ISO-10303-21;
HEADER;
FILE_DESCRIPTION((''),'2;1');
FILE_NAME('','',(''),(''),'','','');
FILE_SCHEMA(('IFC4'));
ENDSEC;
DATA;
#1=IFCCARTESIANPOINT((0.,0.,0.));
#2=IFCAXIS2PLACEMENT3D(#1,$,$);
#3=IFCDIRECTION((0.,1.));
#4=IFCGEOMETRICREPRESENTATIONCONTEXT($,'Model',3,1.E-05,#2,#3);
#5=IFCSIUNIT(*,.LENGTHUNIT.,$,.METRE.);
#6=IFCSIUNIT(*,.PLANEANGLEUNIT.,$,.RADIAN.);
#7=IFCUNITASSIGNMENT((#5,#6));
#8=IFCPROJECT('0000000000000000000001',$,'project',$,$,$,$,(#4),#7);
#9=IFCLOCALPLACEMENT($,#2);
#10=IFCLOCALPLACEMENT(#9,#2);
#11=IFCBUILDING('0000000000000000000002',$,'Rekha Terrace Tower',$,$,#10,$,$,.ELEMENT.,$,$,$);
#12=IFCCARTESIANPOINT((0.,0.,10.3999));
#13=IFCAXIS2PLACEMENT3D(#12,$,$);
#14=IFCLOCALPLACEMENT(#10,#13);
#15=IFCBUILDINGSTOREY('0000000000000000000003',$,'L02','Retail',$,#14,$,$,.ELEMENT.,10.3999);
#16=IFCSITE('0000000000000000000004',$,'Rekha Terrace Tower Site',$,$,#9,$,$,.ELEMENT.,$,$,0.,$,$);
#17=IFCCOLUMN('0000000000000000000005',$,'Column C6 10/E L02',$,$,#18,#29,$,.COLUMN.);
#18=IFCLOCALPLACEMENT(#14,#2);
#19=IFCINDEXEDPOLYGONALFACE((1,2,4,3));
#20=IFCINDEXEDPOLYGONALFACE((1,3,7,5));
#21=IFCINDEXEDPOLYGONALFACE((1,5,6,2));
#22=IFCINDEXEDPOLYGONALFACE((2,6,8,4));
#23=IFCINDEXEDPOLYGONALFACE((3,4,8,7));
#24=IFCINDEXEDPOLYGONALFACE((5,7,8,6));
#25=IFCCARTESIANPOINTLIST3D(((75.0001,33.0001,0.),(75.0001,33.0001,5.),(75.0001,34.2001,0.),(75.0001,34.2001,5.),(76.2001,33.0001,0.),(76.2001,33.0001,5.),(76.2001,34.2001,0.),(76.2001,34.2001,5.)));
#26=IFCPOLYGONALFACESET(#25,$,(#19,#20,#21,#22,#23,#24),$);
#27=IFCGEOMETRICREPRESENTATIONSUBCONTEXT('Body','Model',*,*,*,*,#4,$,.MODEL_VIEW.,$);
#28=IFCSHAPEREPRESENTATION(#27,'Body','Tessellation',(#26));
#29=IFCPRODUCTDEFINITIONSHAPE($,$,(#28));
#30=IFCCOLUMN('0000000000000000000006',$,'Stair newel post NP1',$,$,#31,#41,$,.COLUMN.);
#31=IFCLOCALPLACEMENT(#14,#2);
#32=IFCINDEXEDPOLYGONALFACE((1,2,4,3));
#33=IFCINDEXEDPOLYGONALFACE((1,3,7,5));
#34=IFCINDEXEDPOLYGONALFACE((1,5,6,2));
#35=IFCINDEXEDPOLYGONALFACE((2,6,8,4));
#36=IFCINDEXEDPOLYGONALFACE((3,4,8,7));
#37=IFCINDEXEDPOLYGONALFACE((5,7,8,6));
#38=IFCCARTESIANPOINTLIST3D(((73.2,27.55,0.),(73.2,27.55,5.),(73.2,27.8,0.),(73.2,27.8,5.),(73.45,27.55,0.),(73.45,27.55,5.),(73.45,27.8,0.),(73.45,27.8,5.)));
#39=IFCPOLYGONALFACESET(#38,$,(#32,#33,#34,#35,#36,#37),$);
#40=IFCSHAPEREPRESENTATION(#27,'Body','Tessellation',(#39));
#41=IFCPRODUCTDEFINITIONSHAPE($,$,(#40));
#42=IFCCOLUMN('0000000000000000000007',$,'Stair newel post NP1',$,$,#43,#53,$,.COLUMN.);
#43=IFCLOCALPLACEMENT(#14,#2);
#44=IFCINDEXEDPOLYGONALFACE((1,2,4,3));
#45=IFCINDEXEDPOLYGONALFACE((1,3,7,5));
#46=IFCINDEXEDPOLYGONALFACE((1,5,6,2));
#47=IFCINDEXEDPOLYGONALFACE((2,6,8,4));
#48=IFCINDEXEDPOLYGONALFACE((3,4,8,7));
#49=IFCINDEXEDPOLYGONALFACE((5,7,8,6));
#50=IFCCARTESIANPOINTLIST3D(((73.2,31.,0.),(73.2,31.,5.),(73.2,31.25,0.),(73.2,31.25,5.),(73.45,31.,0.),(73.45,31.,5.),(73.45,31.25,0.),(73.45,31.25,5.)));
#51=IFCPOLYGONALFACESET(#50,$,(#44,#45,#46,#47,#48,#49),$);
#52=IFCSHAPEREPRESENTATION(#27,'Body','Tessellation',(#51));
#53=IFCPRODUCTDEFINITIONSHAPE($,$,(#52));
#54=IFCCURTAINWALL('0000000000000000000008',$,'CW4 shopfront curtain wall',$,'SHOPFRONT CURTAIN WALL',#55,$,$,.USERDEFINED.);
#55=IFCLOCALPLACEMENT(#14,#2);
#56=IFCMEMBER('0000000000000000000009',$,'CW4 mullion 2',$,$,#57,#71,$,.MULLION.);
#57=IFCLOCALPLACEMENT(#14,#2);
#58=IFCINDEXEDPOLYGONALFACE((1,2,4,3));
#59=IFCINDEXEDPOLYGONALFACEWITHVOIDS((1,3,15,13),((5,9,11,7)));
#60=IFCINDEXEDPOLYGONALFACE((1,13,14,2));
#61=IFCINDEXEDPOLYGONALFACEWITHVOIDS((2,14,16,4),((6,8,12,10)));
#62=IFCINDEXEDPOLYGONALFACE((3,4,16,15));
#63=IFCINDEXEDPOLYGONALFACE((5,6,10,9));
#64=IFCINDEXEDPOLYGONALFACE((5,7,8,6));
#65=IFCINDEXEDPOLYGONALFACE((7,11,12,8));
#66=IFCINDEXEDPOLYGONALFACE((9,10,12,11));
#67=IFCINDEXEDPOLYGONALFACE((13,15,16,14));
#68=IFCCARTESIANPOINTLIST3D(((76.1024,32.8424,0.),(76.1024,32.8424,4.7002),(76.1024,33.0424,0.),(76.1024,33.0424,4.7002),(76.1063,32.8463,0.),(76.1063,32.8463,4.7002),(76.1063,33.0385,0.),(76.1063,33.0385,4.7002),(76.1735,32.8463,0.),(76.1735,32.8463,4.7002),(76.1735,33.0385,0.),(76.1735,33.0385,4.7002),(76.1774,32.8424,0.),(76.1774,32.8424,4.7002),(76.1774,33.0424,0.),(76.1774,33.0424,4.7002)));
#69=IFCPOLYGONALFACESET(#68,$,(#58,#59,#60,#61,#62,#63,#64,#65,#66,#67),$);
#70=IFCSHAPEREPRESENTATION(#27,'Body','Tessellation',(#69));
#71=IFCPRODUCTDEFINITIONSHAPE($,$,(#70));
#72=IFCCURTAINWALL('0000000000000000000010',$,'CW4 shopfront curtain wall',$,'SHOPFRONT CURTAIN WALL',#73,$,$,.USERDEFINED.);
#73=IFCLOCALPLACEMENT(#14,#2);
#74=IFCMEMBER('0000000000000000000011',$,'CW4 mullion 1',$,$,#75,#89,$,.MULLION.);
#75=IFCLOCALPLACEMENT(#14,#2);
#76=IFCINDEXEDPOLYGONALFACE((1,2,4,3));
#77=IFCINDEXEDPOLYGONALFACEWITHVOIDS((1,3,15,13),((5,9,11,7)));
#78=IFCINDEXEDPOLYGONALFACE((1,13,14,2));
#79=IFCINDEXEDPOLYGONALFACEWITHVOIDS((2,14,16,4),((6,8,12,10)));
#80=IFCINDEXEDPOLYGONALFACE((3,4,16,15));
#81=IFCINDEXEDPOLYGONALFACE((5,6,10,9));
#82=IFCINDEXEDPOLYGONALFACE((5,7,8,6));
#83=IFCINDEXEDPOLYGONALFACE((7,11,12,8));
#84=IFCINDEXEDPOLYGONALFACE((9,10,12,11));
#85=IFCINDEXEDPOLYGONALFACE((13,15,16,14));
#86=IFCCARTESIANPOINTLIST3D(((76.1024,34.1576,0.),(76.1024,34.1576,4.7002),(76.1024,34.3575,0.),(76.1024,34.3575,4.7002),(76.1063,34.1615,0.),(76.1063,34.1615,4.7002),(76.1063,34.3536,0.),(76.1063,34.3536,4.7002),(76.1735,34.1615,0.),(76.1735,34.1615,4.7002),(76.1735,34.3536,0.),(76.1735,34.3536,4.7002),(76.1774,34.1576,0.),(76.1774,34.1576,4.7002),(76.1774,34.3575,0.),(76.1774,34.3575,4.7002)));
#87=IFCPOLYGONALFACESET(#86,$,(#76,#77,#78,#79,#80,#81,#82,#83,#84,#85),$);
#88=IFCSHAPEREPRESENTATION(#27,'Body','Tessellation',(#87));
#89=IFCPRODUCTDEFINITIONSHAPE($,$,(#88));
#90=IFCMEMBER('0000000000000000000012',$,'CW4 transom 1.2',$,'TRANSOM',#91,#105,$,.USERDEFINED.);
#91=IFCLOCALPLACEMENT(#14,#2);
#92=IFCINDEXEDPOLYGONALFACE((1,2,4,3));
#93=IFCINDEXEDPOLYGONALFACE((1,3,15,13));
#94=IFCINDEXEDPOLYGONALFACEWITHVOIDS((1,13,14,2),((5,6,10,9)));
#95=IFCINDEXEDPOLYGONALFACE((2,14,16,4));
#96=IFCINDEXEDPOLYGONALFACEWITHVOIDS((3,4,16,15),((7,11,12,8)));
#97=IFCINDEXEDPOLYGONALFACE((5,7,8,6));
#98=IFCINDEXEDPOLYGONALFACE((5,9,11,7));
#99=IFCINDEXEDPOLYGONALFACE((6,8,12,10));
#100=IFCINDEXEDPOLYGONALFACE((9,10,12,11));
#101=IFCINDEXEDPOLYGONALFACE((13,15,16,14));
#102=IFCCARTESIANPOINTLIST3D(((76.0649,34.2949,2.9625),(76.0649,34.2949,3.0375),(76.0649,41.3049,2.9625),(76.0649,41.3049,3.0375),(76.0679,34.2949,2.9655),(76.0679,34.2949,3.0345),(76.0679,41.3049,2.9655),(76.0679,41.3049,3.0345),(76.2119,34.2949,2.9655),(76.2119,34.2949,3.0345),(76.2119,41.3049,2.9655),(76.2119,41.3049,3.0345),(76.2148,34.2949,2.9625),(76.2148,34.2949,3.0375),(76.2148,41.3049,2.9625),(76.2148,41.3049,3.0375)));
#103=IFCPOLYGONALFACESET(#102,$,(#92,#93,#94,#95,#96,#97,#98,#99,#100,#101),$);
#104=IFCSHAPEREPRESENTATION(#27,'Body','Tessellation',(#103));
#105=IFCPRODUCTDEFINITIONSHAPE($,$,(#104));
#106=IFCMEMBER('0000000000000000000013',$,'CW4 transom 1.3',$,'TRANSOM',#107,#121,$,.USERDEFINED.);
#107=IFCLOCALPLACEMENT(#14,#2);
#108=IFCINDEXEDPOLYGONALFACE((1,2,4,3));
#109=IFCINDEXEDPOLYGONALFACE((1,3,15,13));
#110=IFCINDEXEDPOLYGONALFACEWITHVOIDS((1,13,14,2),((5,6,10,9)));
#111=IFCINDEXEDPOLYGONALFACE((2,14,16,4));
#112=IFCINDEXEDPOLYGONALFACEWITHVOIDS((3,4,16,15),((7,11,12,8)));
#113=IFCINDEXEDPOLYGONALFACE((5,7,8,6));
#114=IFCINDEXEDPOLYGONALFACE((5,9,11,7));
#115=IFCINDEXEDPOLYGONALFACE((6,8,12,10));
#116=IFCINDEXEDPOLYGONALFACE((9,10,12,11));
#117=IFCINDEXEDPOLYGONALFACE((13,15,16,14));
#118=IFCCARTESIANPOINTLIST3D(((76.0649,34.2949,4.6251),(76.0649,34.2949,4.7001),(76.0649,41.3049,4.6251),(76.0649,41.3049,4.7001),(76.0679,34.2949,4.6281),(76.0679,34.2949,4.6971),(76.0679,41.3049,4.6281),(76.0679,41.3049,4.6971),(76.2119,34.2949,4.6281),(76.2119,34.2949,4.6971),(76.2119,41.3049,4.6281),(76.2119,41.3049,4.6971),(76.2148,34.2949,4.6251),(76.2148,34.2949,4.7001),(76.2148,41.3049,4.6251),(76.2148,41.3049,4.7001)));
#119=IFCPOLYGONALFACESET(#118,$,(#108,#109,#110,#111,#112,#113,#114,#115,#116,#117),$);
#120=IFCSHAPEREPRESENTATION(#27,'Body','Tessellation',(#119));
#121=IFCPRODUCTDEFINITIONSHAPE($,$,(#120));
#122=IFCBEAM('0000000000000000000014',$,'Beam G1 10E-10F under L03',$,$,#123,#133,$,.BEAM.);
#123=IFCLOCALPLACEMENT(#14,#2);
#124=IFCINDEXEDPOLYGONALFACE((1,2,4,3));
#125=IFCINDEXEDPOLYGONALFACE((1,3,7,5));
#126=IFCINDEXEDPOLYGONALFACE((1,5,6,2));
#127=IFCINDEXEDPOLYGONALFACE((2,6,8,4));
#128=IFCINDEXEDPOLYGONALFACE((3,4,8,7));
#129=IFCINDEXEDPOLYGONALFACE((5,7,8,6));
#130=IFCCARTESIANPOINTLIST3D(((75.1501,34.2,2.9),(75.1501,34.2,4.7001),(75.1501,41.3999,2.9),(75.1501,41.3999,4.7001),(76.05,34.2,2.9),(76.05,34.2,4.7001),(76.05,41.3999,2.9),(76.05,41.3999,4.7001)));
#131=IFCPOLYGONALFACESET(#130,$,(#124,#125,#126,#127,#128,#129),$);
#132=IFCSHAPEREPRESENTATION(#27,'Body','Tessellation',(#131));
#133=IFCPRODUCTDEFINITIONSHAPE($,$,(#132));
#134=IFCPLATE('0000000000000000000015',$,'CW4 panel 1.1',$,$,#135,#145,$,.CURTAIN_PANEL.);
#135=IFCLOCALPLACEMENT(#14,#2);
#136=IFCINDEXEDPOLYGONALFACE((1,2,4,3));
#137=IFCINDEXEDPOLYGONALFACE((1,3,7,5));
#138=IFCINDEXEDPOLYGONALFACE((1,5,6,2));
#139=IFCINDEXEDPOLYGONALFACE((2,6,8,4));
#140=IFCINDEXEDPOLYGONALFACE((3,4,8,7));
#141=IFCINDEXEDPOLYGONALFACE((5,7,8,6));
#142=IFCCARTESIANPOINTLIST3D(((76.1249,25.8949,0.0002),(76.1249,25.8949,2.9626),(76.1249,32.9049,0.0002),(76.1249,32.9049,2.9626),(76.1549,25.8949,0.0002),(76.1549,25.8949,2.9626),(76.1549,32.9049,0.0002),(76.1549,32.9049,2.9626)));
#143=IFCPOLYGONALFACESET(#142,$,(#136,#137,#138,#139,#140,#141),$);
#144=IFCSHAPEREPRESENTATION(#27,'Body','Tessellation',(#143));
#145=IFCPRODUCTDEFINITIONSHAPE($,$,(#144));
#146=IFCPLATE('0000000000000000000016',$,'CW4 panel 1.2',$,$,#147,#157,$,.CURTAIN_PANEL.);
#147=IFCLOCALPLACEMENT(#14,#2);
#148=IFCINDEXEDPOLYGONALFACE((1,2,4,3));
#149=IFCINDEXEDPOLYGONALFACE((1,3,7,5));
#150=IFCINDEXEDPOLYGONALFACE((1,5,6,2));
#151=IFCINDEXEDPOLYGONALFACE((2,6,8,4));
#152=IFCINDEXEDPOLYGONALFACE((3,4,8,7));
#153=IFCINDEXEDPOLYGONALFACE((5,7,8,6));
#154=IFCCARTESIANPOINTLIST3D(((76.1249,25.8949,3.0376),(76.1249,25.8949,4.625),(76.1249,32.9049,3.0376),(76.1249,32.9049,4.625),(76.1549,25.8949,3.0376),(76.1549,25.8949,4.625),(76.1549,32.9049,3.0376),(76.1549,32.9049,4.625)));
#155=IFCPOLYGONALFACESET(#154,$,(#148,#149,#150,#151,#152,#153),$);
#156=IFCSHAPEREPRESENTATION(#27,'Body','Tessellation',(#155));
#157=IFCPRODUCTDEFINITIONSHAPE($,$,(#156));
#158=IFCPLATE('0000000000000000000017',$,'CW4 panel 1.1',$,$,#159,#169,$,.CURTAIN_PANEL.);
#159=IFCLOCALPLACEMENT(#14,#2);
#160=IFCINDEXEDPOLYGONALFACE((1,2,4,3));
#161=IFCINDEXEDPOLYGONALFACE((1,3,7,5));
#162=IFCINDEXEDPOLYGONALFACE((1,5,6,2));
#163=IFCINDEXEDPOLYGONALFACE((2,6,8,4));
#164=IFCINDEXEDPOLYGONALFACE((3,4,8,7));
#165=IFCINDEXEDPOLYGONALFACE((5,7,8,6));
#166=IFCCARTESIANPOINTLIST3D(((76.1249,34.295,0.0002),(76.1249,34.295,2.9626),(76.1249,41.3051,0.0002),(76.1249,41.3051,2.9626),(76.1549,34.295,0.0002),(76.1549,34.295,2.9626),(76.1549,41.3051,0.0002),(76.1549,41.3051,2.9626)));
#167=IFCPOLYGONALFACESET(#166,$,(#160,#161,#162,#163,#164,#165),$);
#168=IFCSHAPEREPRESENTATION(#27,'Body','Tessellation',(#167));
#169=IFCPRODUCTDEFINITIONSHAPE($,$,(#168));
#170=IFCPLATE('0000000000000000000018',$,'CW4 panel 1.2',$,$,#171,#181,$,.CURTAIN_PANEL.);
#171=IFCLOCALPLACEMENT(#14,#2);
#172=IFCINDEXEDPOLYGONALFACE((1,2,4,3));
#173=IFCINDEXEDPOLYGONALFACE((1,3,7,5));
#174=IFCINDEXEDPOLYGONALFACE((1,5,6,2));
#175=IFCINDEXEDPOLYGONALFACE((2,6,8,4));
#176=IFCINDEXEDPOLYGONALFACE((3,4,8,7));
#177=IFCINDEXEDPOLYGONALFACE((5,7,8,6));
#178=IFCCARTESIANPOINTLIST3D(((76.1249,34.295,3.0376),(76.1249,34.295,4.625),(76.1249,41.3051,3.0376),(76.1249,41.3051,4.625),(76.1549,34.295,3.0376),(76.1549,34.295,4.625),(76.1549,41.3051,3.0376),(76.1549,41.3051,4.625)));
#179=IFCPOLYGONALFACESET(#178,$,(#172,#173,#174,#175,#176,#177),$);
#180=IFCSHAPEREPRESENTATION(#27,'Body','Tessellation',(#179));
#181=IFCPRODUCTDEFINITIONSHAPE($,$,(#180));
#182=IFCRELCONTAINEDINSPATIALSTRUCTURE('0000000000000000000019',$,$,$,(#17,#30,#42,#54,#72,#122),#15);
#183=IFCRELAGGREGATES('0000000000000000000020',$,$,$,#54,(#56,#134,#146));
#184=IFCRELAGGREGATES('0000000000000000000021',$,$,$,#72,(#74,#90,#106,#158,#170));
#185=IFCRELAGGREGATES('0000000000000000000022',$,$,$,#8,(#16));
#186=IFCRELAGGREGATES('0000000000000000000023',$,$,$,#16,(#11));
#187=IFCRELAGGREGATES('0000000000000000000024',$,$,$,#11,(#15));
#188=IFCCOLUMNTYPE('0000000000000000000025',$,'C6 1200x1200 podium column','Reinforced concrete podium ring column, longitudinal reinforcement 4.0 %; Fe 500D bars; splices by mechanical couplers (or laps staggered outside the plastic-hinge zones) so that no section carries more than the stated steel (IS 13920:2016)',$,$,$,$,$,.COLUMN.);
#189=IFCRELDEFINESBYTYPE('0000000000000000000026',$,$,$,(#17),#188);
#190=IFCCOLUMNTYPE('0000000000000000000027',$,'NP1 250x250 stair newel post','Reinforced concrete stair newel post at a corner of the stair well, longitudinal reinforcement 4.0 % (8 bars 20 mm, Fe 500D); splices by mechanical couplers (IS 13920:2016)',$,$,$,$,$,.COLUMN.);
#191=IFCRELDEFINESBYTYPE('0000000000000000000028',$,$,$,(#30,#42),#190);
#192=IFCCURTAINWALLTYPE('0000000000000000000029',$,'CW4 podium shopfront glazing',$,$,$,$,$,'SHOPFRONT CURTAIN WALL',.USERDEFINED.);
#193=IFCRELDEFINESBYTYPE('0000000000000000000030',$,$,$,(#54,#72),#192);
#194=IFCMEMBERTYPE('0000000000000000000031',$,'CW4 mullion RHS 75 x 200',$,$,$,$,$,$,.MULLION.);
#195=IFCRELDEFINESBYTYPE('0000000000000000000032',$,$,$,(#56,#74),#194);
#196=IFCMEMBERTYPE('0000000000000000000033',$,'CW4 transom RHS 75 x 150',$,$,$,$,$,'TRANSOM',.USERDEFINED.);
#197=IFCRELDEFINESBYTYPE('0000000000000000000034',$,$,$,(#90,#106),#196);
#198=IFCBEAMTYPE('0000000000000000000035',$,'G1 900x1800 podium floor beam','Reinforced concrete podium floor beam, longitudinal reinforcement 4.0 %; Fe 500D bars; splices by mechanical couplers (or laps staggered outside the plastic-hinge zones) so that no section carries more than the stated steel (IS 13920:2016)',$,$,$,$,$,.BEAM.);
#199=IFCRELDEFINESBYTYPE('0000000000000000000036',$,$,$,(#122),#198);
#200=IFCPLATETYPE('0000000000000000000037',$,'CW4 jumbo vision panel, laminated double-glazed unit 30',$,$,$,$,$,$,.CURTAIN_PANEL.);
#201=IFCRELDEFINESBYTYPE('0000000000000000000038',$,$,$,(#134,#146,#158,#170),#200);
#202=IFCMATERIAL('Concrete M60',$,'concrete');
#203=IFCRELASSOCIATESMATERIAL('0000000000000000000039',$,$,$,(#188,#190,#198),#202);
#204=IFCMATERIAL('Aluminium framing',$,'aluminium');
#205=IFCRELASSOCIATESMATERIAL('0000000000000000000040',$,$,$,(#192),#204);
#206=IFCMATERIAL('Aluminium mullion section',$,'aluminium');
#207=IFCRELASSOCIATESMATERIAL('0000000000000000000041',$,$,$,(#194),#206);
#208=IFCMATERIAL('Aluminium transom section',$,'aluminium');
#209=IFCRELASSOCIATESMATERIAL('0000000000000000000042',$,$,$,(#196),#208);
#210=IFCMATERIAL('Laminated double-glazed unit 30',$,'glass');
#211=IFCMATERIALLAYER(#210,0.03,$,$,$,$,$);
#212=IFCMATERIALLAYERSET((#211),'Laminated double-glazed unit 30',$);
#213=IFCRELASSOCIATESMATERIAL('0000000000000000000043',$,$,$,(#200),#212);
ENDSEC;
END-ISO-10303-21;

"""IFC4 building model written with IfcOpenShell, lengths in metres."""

from ifc_helpers import new_model, si_unit, direction, frame, origin, origin_2d, place, context, subcontext, project, spatial, rectangle, hollow_rectangle, extrude, material, layer, layer_set, material_profile, profile_set, type_object, element, aggregate, save


model = new_model("IFC4")

# Units and contexts
model_context = context("Model", 3, precision=1e-05, world=origin(), true_north=direction((0.0, 1.0)))
body_context = subcontext(model_context, "Body", "Model", "MODEL_VIEW")
ifc_project = project(units=[si_unit("LENGTHUNIT", "METRE"), si_unit("PLANEANGLEUNIT", "RADIAN")], contexts=[model_context])

# Site, building, storey
site_placement = place(None, origin())
site = spatial("IfcSite", under=ifc_project, at=site_placement, Name="Rekha Terrace Tower Site", CompositionType="ELEMENT", RefElevation=0.0)
building_placement = place(site_placement, origin())
building = spatial("IfcBuilding", under=site, at=building_placement, Name="Rekha Terrace Tower", CompositionType="ELEMENT")
storey_placement = place(building_placement, frame((0.0, 0.0, 10.3999)))
storey = spatial("IfcBuildingStorey", under=building, at=storey_placement, Name="L02", Description="Retail", CompositionType="ELEMENT", Elevation=10.3999)

# Columns
ifc_material_1 = material(Name="Concrete M60", Category="concrete")
ifc_material_profile_1 = material_profile(ifc_material_1, rectangle(XDim=1.2, YDim=1.2, at=origin_2d()), Name="RC 1200x1200")
ifc_profile_set_1 = profile_set([ifc_material_profile_1], Name="Concrete M60")
column_type_1 = type_object("IfcColumnType", Name="C6 1200x1200 podium column", Description="Reinforced concrete podium ring column, longitudinal reinforcement 4.0 %; Fe 500D bars; splices by mechanical couplers (or laps staggered outside the plastic-hinge zones) so that no section carries more than the stated steel (IS 13920:2016)", PredefinedType="COLUMN", material=ifc_profile_set_1)
column_placement = place(storey_placement, frame((75.6001, 33.6001, 0.0), z_axis=(0.0, 0.0, 1.0), x_axis=(1.0, 0.0, 0.0)))
element("IfcColumn", 1, at=column_placement, inside=storey, type_object=column_type_1, Name="Column C6 10/E L02", PredefinedType="COLUMN", context=body_context, shape_type="SweptSolid", body=[
    extrude(rectangle(XDim=1.2, YDim=1.2, at=origin_2d()), origin(), (0.0, 0.0, 1.0), 5.0),
])
ifc_material_profile_2 = material_profile(ifc_material_1, rectangle(XDim=0.25, YDim=0.25, at=origin_2d()), Name="RC 250x250")
ifc_profile_set_2 = profile_set([ifc_material_profile_2], Name="Concrete M60")
column_type_2 = type_object("IfcColumnType", Name="NP1 250x250 stair newel post", Description="Reinforced concrete stair newel post at a corner of the stair well, longitudinal reinforcement 4.0 % (8 bars 20 mm, Fe 500D); splices by mechanical couplers (IS 13920:2016)", PredefinedType="COLUMN", material=ifc_profile_set_2)
for number, where, z_axis, x_axis, name in (
    (2, (73.325, 27.675, 0.0), (0.0, 0.0, 1.0), (1.0, 0.0, 0.0), "Stair newel post NP1"),
    (3, (73.325, 31.125, 0.0), (0.0, 0.0, 1.0), (1.0, 0.0, 0.0), "Stair newel post NP1"),
):
    element("IfcColumn", number, at=place(storey_placement, frame(where, z_axis=z_axis, x_axis=x_axis)), inside=storey, type_object=column_type_2, Name=name, PredefinedType="COLUMN", context=body_context, shape_type="SweptSolid", body=[
        extrude(rectangle(XDim=0.25, YDim=0.25, at=origin_2d()), origin(), (0.0, 0.0, 1.0), 5.0),
    ])

# Curtain wall, member
ifc_material_2 = material(Name="Aluminium framing", Category="aluminium")
curtain_wall_type = type_object("IfcCurtainWallType", Name="CW4 podium shopfront glazing", ElementType="SHOPFRONT CURTAIN WALL", PredefinedType="USERDEFINED", material=ifc_material_2)
curtain_wall_1_placement = place(storey_placement, origin())
curtain_wall_1 = element("IfcCurtainWall", 4, at=curtain_wall_1_placement, inside=storey, type_object=curtain_wall_type, Name="CW4 shopfront curtain wall", ObjectType="SHOPFRONT CURTAIN WALL", PredefinedType="USERDEFINED")
ifc_material_3 = material(Name="Aluminium mullion section", Category="aluminium")
ifc_material_profile_3 = material_profile(ifc_material_3, hollow_rectangle(XDim=0.075, YDim=0.2, WallThickness=0.0039, at=origin_2d()), Name="AL RHS 75x200")
ifc_profile_set_3 = profile_set([ifc_material_profile_3], Name="Aluminium mullion section")
member_type_1 = type_object("IfcMemberType", Name="CW4 mullion RHS 75 x 200", PredefinedType="MULLION", material=ifc_profile_set_3)
member_1_placement = place(storey_placement, frame((76.1399, 32.9424, 0.0), z_axis=(0.0, 0.0, 1.0), x_axis=(-1.0, 0.0, 0.0)))
member_1 = element("IfcMember", 5, at=member_1_placement, type_object=member_type_1, Name="CW4 mullion 2", PredefinedType="MULLION", context=body_context, shape_type="SweptSolid", body=[
    extrude(hollow_rectangle(XDim=0.075, YDim=0.2, WallThickness=0.0039, at=origin_2d()), origin(), (0.0, 0.0, 1.0), 4.7002),
])

# Curtain wall, members
curtain_wall_2_placement = place(storey_placement, origin())
curtain_wall_2 = element("IfcCurtainWall", 6, at=curtain_wall_2_placement, inside=storey, type_object=curtain_wall_type, Name="CW4 shopfront curtain wall", ObjectType="SHOPFRONT CURTAIN WALL", PredefinedType="USERDEFINED")
member_2_placement = place(storey_placement, frame((76.1399, 34.2576, 0.0), z_axis=(0.0, 0.0, 1.0), x_axis=(-1.0, 0.0, 0.0)))
member_2 = element("IfcMember", 7, at=member_2_placement, type_object=member_type_1, Name="CW4 mullion 1", PredefinedType="MULLION", context=body_context, shape_type="SweptSolid", body=[
    extrude(hollow_rectangle(XDim=0.075, YDim=0.2, WallThickness=0.0039, at=origin_2d()), origin(), (0.0, 0.0, 1.0), 4.7002),
])
ifc_material_4 = material(Name="Aluminium transom section", Category="aluminium")
ifc_material_profile_4 = material_profile(ifc_material_4, hollow_rectangle(XDim=0.1499, YDim=0.075, WallThickness=0.0029, at=origin_2d()), Name="AL RHS 150x75")
ifc_profile_set_4 = profile_set([ifc_material_profile_4], Name="Aluminium transom section")
member_type_2 = type_object("IfcMemberType", Name="CW4 transom RHS 75 x 150", ElementType="TRANSOM", PredefinedType="USERDEFINED", material=ifc_profile_set_4)
member_3_placement = place(storey_placement, frame((76.1399, 34.2949, 3.0), z_axis=(0.0, 1.0, 0.0), x_axis=(-1.0, 0.0, 0.0)))
member_3 = element("IfcMember", 8, at=member_3_placement, type_object=member_type_2, Name="CW4 transom 1.2", ObjectType="TRANSOM", PredefinedType="USERDEFINED", context=body_context, shape_type="SweptSolid", body=[
    extrude(hollow_rectangle(XDim=0.1499, YDim=0.075, WallThickness=0.0029, at=origin_2d()), origin(), (0.0, 0.0, 1.0), 7.01),
])
member_4_placement = place(storey_placement, frame((76.1399, 34.2949, 4.6626), z_axis=(0.0, 1.0, 0.0), x_axis=(-1.0, 0.0, 0.0)))
member_4 = element("IfcMember", 9, at=member_4_placement, type_object=member_type_2, Name="CW4 transom 1.3", ObjectType="TRANSOM", PredefinedType="USERDEFINED", context=body_context, shape_type="SweptSolid", body=[
    extrude(hollow_rectangle(XDim=0.1499, YDim=0.075, WallThickness=0.0029, at=origin_2d()), origin(), (0.0, 0.0, 1.0), 7.01),
])

# Beam
ifc_material_profile_5 = material_profile(ifc_material_1, rectangle(XDim=0.8999, YDim=1.8, at=origin_2d()), Name="RC 900x1800")
ifc_profile_set_5 = profile_set([ifc_material_profile_5], Name="Concrete M60")
beam_type = type_object("IfcBeamType", Name="G1 900x1800 podium floor beam", Description="Reinforced concrete podium floor beam, longitudinal reinforcement 4.0 %; Fe 500D bars; splices by mechanical couplers (or laps staggered outside the plastic-hinge zones) so that no section carries more than the stated steel (IS 13920:2016)", PredefinedType="BEAM", material=ifc_profile_set_5)
beam_placement = place(storey_placement, frame((75.6001, 34.2, 3.8), z_axis=(0.0, 1.0, 0.0), x_axis=(-1.0, 0.0, 0.0)))
element("IfcBeam", 10, at=beam_placement, inside=storey, type_object=beam_type, Name="Beam G1 10E-10F under L03", PredefinedType="BEAM", context=body_context, shape_type="SweptSolid", body=[
    extrude(rectangle(XDim=0.8999, YDim=1.8, at=origin_2d()), origin(), (0.0, 0.0, 1.0), 7.2),
])

# Plates
ifc_material_5 = material(Name="Laminated double-glazed unit 30", Category="glass")
ifc_layer_1 = layer(ifc_material_5, 0.03)
ifc_layer_set_1 = layer_set([ifc_layer_1], Name="Laminated double-glazed unit 30")
plate_type = type_object("IfcPlateType", Name="CW4 jumbo vision panel, laminated double-glazed unit 30", PredefinedType="CURTAIN_PANEL", material=ifc_layer_set_1)
plate_1_placement = place(storey_placement, frame((76.1399, 29.3999, 0.0002), z_axis=(0.0, 0.0, 1.0), x_axis=(0.0, 1.0, 0.0)))
plate_1 = element("IfcPlate", 11, at=plate_1_placement, type_object=plate_type, Name="CW4 panel 1.1", PredefinedType="CURTAIN_PANEL", context=body_context, shape_type="SweptSolid", body=[
    extrude(rectangle(XDim=7.01, YDim=0.03, at=origin_2d()), origin(), (0.0, 0.0, 1.0), 2.9624),
])
plate_2_placement = place(storey_placement, frame((76.1399, 29.3999, 3.0376), z_axis=(0.0, 0.0, 1.0), x_axis=(0.0, 1.0, 0.0)))
plate_2 = element("IfcPlate", 12, at=plate_2_placement, type_object=plate_type, Name="CW4 panel 1.2", PredefinedType="CURTAIN_PANEL", context=body_context, shape_type="SweptSolid", body=[
    extrude(rectangle(XDim=7.01, YDim=0.03, at=origin_2d()), origin(), (0.0, 0.0, 1.0), 1.5874),
])
aggregate(curtain_wall_1, [member_1, plate_1, plate_2])
plate_3_placement = place(storey_placement, frame((76.1399, 37.8, 0.0002), z_axis=(0.0, 0.0, 1.0), x_axis=(0.0, 1.0, 0.0)))
plate_3 = element("IfcPlate", 13, at=plate_3_placement, type_object=plate_type, Name="CW4 panel 1.1", PredefinedType="CURTAIN_PANEL", context=body_context, shape_type="SweptSolid", body=[
    extrude(rectangle(XDim=7.01, YDim=0.03, at=origin_2d()), origin(), (0.0, 0.0, 1.0), 2.9624),
])
plate_4_placement = place(storey_placement, frame((76.1399, 37.8, 3.0376), z_axis=(0.0, 0.0, 1.0), x_axis=(0.0, 1.0, 0.0)))
plate_4 = element("IfcPlate", 14, at=plate_4_placement, type_object=plate_type, Name="CW4 panel 1.2", PredefinedType="CURTAIN_PANEL", context=body_context, shape_type="SweptSolid", body=[
    extrude(rectangle(XDim=7.01, YDim=0.03, at=origin_2d()), origin(), (0.0, 0.0, 1.0), 1.5874),
])
aggregate(curtain_wall_2, [member_2, member_3, member_4, plate_3, plate_4])

save(model, "model.ifc")
